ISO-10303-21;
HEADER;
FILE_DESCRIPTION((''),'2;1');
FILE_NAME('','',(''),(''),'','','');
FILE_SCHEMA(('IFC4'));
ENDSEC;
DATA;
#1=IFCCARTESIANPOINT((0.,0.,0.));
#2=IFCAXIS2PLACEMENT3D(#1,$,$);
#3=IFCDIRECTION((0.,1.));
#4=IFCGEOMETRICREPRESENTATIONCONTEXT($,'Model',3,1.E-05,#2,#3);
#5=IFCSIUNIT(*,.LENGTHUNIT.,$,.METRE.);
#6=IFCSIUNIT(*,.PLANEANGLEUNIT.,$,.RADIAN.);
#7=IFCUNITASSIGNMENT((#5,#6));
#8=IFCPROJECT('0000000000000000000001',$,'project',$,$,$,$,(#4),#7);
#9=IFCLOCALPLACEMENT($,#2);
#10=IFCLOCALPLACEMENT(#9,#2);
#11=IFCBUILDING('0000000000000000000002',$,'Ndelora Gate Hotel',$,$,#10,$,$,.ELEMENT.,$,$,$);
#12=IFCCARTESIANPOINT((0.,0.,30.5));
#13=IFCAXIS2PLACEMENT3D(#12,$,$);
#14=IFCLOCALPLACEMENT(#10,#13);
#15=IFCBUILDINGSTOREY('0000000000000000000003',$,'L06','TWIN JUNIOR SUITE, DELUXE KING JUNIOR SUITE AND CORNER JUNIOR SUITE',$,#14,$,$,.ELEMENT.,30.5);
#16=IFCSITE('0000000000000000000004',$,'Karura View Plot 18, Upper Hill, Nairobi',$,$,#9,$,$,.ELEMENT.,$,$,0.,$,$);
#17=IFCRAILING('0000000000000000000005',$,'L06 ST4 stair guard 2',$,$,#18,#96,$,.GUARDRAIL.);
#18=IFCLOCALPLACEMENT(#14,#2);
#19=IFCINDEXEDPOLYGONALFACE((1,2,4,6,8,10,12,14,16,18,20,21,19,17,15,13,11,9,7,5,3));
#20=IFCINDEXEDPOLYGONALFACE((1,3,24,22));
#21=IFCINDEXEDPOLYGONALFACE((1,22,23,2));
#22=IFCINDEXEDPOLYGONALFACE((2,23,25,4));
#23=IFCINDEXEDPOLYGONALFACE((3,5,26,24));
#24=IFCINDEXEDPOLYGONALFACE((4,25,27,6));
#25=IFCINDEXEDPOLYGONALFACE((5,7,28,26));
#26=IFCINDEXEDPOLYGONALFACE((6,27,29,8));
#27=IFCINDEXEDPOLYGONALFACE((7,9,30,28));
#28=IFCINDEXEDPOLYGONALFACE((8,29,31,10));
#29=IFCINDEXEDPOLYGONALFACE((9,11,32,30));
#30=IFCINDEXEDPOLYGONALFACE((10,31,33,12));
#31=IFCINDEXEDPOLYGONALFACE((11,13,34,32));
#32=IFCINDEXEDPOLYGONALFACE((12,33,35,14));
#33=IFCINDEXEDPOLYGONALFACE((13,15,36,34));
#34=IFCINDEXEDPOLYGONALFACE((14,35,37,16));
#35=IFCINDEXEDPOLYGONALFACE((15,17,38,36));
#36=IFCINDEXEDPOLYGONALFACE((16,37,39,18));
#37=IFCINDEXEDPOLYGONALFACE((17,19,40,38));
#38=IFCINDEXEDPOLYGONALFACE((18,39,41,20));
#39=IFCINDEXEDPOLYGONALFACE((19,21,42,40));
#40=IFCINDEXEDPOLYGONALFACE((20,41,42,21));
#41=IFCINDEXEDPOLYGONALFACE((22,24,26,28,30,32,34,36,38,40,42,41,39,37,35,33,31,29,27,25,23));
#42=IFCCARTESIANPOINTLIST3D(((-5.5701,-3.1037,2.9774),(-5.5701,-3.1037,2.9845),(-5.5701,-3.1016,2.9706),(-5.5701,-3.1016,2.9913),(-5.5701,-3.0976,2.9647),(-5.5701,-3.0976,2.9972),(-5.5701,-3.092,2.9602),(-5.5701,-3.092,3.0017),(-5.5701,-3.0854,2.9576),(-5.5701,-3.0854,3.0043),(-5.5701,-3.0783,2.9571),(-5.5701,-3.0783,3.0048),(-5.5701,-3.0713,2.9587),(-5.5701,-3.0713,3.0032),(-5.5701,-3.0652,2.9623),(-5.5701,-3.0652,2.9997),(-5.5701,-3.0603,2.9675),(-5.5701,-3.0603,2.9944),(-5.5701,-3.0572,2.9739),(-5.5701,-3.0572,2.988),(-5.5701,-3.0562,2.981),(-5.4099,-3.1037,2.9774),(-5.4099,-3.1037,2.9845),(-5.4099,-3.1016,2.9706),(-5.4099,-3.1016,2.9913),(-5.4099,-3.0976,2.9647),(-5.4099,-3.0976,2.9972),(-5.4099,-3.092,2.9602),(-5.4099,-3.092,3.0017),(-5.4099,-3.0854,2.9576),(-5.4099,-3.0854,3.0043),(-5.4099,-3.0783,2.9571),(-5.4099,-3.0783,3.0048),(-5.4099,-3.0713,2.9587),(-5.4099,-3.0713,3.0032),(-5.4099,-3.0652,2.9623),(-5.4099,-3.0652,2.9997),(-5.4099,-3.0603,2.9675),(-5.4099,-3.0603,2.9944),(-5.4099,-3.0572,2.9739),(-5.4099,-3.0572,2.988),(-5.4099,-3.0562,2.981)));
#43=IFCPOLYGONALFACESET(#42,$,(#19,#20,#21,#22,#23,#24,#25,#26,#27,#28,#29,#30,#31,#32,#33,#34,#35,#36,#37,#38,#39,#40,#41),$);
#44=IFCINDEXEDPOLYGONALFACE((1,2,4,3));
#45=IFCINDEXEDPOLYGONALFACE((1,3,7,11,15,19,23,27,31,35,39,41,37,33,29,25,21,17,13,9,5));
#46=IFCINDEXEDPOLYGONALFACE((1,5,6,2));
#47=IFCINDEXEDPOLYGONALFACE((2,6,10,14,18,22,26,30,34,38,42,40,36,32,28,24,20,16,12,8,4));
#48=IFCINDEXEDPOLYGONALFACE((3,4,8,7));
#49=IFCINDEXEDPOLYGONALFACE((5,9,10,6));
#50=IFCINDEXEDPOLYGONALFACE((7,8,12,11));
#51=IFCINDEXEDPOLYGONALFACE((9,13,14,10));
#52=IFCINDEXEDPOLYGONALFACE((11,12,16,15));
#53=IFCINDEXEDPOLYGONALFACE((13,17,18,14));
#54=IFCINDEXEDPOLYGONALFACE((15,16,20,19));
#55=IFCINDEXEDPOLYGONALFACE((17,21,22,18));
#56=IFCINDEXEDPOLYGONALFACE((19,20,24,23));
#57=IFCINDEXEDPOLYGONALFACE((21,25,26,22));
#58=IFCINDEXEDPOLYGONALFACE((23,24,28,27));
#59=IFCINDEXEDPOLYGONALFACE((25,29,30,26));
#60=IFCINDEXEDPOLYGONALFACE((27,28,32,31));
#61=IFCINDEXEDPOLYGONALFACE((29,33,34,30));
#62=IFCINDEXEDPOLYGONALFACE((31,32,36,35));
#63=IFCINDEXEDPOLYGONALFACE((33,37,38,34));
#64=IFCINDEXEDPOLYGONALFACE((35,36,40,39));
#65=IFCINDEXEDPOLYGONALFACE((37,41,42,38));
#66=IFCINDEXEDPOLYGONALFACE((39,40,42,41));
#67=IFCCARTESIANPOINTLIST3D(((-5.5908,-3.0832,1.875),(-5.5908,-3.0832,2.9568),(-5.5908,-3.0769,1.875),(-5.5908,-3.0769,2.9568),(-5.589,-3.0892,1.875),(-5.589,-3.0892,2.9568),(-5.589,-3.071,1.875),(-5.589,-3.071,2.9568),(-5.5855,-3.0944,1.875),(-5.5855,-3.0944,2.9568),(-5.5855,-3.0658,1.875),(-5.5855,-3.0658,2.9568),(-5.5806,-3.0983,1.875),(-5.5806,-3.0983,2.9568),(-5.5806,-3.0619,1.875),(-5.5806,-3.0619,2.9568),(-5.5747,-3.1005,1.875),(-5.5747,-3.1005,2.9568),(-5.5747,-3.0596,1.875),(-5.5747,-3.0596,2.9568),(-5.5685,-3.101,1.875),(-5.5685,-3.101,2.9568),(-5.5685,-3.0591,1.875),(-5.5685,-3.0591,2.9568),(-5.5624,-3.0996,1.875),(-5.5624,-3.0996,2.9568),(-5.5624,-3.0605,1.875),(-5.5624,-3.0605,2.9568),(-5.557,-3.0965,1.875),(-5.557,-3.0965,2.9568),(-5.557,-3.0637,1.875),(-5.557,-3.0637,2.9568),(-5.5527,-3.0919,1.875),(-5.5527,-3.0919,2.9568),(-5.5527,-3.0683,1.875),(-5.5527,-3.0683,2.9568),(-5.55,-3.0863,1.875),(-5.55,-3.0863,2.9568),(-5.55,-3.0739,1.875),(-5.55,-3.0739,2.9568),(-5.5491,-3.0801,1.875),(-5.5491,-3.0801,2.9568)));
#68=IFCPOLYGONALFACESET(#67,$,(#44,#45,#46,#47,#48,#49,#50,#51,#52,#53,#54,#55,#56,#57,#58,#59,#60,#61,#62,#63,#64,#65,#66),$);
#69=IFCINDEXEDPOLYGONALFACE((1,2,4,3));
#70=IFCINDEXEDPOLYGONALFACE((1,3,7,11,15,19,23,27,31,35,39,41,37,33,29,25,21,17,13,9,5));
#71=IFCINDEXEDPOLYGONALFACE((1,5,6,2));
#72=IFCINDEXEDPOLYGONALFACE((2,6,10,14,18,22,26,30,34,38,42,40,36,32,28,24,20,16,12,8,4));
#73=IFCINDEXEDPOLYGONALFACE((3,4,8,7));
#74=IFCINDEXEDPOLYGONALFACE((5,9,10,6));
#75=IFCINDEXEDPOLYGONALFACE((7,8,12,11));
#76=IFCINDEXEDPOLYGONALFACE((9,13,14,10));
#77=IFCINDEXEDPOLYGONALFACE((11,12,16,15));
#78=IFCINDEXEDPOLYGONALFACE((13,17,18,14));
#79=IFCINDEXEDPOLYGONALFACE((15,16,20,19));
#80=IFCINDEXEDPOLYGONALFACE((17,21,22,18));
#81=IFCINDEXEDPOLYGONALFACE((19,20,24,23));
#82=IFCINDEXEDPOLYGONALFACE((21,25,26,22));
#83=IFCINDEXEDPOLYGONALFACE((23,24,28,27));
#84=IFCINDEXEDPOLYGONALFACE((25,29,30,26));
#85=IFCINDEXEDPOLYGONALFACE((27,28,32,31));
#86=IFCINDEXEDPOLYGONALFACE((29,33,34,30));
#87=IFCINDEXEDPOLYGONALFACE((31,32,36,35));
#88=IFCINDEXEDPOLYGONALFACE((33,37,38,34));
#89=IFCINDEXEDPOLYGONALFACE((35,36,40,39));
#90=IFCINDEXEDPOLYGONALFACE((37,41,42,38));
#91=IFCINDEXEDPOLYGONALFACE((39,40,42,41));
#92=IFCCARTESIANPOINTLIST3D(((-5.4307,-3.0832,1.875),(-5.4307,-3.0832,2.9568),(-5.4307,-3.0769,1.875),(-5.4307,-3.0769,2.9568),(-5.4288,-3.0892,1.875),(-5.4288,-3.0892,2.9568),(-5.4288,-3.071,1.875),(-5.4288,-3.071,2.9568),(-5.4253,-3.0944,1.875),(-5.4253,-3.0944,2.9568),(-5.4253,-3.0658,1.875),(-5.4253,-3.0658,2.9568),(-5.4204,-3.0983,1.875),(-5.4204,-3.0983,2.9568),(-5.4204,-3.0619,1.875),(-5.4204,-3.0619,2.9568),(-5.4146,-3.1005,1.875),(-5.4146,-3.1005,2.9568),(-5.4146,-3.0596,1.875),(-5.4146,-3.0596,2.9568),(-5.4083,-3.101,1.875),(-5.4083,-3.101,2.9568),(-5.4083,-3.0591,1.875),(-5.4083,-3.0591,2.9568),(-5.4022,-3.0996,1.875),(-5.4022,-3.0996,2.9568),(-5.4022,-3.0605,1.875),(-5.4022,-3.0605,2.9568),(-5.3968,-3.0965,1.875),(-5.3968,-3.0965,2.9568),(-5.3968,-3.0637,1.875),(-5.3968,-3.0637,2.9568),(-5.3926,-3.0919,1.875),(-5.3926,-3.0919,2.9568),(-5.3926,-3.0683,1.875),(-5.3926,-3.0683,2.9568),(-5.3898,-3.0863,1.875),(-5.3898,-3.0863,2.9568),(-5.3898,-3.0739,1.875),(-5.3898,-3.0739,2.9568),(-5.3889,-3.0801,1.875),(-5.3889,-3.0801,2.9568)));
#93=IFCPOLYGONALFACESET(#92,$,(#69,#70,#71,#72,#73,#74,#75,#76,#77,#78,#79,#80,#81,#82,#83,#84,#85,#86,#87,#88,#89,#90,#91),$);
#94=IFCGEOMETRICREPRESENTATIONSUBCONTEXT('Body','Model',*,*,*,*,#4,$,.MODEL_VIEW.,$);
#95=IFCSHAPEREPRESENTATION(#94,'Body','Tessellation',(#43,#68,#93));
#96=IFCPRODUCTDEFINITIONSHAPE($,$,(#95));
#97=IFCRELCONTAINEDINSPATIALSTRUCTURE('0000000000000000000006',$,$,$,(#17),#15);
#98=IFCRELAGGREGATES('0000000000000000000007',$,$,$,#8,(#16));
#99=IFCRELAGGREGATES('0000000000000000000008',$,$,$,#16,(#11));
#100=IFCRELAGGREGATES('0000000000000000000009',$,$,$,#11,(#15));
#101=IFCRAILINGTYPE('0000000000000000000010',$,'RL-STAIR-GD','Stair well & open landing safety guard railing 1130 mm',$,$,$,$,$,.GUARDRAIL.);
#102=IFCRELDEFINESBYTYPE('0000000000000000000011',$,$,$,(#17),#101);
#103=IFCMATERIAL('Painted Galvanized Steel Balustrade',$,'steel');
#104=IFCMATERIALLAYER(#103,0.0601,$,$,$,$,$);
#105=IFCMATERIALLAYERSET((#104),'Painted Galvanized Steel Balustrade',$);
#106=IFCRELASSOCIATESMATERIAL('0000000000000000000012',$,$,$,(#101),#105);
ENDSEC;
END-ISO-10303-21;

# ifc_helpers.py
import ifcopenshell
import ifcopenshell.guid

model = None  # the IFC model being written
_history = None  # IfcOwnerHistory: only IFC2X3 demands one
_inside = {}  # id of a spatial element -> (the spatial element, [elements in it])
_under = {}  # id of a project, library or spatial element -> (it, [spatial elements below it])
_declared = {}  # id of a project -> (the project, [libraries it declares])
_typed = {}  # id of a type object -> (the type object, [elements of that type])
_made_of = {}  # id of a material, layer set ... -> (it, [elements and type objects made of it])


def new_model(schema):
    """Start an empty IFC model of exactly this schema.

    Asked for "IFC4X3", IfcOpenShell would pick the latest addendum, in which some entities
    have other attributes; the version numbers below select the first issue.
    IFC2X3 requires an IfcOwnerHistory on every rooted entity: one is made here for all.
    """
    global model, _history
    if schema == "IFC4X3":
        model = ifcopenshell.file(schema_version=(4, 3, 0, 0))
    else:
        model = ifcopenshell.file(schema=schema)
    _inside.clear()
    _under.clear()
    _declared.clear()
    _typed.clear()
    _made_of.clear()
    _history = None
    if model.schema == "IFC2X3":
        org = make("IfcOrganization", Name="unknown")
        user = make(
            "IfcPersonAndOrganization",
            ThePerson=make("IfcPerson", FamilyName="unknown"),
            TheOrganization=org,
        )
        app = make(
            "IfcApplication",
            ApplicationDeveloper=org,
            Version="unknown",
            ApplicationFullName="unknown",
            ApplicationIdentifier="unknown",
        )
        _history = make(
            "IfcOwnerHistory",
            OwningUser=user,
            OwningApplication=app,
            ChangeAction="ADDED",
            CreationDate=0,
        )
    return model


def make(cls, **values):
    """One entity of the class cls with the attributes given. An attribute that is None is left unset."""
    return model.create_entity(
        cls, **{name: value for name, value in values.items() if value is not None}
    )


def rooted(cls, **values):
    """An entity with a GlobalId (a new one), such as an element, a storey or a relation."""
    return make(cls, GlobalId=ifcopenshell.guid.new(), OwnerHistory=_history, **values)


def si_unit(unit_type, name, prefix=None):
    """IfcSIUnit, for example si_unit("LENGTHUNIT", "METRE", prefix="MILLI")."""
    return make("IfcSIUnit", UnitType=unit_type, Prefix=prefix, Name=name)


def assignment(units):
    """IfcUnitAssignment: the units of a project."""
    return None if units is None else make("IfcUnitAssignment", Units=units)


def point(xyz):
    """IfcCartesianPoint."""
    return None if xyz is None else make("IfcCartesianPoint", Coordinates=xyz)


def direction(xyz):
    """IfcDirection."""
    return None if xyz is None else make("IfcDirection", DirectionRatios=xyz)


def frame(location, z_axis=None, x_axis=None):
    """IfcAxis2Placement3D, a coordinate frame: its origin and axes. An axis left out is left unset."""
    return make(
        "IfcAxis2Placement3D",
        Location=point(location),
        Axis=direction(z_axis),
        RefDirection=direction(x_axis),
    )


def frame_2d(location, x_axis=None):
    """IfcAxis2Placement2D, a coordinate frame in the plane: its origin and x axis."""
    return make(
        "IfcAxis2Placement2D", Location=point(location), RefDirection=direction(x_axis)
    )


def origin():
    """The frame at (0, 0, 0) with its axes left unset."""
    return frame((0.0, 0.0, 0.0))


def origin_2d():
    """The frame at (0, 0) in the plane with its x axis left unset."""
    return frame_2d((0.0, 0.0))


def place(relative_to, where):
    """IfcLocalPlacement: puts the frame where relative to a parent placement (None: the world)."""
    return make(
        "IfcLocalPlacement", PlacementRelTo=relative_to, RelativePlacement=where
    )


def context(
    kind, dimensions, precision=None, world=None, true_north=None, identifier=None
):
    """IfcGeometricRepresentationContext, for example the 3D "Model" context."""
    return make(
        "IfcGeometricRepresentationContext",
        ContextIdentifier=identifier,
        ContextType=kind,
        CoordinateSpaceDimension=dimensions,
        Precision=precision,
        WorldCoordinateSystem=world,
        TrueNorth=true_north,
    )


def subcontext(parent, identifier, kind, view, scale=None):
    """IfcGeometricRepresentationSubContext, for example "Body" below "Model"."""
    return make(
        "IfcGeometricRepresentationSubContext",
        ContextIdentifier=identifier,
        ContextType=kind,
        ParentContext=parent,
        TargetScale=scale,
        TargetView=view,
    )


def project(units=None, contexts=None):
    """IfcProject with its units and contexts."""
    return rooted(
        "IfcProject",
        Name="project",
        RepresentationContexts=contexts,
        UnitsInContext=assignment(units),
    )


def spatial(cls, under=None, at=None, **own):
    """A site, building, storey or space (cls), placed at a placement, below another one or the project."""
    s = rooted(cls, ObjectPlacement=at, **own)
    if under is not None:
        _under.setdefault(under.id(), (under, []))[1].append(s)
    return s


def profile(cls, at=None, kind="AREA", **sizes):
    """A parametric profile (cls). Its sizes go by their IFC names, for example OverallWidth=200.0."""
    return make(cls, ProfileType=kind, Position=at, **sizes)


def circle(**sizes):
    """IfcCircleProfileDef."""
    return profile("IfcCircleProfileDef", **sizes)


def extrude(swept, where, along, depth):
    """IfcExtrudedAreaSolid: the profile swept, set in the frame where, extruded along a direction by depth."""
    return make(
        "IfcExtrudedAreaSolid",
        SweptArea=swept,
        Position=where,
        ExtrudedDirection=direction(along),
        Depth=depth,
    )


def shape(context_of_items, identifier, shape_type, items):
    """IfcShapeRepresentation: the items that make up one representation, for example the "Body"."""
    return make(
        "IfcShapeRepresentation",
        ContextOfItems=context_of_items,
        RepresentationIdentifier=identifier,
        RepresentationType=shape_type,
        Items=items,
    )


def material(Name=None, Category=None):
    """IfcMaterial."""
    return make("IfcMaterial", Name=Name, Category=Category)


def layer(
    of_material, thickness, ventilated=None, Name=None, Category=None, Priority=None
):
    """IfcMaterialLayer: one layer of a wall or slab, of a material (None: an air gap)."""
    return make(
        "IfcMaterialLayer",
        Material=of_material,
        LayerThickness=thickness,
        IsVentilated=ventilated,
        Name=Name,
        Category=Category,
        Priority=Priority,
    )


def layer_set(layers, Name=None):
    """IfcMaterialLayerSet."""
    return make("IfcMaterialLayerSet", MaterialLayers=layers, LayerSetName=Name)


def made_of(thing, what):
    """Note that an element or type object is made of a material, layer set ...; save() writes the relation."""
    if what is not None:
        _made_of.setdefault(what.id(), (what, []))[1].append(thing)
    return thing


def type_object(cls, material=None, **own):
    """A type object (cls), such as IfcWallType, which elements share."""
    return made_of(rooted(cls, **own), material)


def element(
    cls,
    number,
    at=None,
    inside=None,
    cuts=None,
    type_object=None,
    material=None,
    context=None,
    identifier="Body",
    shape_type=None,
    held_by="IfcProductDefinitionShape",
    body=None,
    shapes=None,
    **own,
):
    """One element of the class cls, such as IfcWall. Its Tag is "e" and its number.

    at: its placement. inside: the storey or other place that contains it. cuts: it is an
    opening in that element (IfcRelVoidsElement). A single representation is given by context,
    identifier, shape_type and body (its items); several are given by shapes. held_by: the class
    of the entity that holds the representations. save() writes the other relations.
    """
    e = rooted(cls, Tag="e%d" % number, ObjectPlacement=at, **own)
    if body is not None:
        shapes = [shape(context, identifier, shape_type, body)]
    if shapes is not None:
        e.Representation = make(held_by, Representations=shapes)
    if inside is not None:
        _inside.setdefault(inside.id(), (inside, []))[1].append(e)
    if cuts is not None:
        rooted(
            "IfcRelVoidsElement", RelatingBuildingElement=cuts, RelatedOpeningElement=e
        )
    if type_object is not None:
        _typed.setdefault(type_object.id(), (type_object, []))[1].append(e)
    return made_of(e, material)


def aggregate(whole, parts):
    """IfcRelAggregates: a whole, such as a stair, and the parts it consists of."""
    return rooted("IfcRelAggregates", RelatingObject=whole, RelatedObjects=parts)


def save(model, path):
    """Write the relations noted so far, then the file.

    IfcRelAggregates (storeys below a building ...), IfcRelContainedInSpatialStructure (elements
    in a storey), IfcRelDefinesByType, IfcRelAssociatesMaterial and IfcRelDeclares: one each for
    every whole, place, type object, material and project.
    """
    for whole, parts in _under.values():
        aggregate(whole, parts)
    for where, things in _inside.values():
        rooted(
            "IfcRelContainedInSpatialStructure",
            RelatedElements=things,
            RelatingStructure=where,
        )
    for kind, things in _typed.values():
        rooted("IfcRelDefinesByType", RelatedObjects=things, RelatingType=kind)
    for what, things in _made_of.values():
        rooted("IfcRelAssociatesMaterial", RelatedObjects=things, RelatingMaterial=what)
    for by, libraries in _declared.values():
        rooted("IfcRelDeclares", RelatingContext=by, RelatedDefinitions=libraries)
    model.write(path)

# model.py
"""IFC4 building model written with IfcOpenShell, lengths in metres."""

from ifc_helpers import new_model, si_unit, direction, frame, origin, origin_2d, place, context, subcontext, project, spatial, circle, extrude, material, layer, layer_set, type_object, element, save


model = new_model("IFC4")

# Units and contexts
model_context = context("Model", 3, precision=1e-05, world=origin(), true_north=direction((0.0, 1.0)))
body_context = subcontext(model_context, "Body", "Model", "MODEL_VIEW")
ifc_project = project(units=[si_unit("LENGTHUNIT", "METRE"), si_unit("PLANEANGLEUNIT", "RADIAN")], contexts=[model_context])

# Site, building, storey
site_placement = place(None, origin())
site = spatial("IfcSite", under=ifc_project, at=site_placement, Name="Karura View Plot 18, Upper Hill, Nairobi", CompositionType="ELEMENT", RefElevation=0.0)
building_placement = place(site_placement, origin())
building = spatial("IfcBuilding", under=site, at=building_placement, Name="Ndelora Gate Hotel", CompositionType="ELEMENT")
storey_placement = place(building_placement, frame((0.0, 0.0, 30.5)))
storey = spatial("IfcBuildingStorey", under=building, at=storey_placement, Name="L06", Description="TWIN JUNIOR SUITE, DELUXE KING JUNIOR SUITE AND CORNER JUNIOR SUITE", CompositionType="ELEMENT", Elevation=30.5)

# Railing
ifc_material_1 = material(Name="Painted Galvanized Steel Balustrade", Category="steel")
ifc_layer_1 = layer(ifc_material_1, 0.0601)
ifc_layer_set_1 = layer_set([ifc_layer_1], Name="Painted Galvanized Steel Balustrade")
railing_type_1 = type_object("IfcRailingType", Name="RL-STAIR-GD", Description="Stair well & open landing safety guard railing 1130 mm", PredefinedType="GUARDRAIL", material=ifc_layer_set_1)
railing_1_placement = place(storey_placement, frame((-5.5701, -3.0801, 1.875)))
element("IfcRailing", 1, at=railing_1_placement, inside=storey, type_object=railing_type_1, Name="L06 ST4 stair guard 2", PredefinedType="GUARDRAIL", context=body_context, shape_type="SweptSolid", body=[
    extrude(circle(Radius=0.0239, at=origin_2d()), frame((0.0, 0.0, 1.106), z_axis=(1.0, 0.0, 0.0), x_axis=(0.0, 1.0, 0.0)), (0.0, 0.0, 1.0), 0.1602),
    extrude(circle(Radius=0.021, at=origin_2d()), origin(), (0.0, 0.0, 1.0), 1.0818),
    extrude(circle(Radius=0.021, at=origin_2d()), frame((0.1602, 0.0, 0.0)), (0.0, 0.0, 1.0), 1.0818),
])

save(model, "model.ifc")
